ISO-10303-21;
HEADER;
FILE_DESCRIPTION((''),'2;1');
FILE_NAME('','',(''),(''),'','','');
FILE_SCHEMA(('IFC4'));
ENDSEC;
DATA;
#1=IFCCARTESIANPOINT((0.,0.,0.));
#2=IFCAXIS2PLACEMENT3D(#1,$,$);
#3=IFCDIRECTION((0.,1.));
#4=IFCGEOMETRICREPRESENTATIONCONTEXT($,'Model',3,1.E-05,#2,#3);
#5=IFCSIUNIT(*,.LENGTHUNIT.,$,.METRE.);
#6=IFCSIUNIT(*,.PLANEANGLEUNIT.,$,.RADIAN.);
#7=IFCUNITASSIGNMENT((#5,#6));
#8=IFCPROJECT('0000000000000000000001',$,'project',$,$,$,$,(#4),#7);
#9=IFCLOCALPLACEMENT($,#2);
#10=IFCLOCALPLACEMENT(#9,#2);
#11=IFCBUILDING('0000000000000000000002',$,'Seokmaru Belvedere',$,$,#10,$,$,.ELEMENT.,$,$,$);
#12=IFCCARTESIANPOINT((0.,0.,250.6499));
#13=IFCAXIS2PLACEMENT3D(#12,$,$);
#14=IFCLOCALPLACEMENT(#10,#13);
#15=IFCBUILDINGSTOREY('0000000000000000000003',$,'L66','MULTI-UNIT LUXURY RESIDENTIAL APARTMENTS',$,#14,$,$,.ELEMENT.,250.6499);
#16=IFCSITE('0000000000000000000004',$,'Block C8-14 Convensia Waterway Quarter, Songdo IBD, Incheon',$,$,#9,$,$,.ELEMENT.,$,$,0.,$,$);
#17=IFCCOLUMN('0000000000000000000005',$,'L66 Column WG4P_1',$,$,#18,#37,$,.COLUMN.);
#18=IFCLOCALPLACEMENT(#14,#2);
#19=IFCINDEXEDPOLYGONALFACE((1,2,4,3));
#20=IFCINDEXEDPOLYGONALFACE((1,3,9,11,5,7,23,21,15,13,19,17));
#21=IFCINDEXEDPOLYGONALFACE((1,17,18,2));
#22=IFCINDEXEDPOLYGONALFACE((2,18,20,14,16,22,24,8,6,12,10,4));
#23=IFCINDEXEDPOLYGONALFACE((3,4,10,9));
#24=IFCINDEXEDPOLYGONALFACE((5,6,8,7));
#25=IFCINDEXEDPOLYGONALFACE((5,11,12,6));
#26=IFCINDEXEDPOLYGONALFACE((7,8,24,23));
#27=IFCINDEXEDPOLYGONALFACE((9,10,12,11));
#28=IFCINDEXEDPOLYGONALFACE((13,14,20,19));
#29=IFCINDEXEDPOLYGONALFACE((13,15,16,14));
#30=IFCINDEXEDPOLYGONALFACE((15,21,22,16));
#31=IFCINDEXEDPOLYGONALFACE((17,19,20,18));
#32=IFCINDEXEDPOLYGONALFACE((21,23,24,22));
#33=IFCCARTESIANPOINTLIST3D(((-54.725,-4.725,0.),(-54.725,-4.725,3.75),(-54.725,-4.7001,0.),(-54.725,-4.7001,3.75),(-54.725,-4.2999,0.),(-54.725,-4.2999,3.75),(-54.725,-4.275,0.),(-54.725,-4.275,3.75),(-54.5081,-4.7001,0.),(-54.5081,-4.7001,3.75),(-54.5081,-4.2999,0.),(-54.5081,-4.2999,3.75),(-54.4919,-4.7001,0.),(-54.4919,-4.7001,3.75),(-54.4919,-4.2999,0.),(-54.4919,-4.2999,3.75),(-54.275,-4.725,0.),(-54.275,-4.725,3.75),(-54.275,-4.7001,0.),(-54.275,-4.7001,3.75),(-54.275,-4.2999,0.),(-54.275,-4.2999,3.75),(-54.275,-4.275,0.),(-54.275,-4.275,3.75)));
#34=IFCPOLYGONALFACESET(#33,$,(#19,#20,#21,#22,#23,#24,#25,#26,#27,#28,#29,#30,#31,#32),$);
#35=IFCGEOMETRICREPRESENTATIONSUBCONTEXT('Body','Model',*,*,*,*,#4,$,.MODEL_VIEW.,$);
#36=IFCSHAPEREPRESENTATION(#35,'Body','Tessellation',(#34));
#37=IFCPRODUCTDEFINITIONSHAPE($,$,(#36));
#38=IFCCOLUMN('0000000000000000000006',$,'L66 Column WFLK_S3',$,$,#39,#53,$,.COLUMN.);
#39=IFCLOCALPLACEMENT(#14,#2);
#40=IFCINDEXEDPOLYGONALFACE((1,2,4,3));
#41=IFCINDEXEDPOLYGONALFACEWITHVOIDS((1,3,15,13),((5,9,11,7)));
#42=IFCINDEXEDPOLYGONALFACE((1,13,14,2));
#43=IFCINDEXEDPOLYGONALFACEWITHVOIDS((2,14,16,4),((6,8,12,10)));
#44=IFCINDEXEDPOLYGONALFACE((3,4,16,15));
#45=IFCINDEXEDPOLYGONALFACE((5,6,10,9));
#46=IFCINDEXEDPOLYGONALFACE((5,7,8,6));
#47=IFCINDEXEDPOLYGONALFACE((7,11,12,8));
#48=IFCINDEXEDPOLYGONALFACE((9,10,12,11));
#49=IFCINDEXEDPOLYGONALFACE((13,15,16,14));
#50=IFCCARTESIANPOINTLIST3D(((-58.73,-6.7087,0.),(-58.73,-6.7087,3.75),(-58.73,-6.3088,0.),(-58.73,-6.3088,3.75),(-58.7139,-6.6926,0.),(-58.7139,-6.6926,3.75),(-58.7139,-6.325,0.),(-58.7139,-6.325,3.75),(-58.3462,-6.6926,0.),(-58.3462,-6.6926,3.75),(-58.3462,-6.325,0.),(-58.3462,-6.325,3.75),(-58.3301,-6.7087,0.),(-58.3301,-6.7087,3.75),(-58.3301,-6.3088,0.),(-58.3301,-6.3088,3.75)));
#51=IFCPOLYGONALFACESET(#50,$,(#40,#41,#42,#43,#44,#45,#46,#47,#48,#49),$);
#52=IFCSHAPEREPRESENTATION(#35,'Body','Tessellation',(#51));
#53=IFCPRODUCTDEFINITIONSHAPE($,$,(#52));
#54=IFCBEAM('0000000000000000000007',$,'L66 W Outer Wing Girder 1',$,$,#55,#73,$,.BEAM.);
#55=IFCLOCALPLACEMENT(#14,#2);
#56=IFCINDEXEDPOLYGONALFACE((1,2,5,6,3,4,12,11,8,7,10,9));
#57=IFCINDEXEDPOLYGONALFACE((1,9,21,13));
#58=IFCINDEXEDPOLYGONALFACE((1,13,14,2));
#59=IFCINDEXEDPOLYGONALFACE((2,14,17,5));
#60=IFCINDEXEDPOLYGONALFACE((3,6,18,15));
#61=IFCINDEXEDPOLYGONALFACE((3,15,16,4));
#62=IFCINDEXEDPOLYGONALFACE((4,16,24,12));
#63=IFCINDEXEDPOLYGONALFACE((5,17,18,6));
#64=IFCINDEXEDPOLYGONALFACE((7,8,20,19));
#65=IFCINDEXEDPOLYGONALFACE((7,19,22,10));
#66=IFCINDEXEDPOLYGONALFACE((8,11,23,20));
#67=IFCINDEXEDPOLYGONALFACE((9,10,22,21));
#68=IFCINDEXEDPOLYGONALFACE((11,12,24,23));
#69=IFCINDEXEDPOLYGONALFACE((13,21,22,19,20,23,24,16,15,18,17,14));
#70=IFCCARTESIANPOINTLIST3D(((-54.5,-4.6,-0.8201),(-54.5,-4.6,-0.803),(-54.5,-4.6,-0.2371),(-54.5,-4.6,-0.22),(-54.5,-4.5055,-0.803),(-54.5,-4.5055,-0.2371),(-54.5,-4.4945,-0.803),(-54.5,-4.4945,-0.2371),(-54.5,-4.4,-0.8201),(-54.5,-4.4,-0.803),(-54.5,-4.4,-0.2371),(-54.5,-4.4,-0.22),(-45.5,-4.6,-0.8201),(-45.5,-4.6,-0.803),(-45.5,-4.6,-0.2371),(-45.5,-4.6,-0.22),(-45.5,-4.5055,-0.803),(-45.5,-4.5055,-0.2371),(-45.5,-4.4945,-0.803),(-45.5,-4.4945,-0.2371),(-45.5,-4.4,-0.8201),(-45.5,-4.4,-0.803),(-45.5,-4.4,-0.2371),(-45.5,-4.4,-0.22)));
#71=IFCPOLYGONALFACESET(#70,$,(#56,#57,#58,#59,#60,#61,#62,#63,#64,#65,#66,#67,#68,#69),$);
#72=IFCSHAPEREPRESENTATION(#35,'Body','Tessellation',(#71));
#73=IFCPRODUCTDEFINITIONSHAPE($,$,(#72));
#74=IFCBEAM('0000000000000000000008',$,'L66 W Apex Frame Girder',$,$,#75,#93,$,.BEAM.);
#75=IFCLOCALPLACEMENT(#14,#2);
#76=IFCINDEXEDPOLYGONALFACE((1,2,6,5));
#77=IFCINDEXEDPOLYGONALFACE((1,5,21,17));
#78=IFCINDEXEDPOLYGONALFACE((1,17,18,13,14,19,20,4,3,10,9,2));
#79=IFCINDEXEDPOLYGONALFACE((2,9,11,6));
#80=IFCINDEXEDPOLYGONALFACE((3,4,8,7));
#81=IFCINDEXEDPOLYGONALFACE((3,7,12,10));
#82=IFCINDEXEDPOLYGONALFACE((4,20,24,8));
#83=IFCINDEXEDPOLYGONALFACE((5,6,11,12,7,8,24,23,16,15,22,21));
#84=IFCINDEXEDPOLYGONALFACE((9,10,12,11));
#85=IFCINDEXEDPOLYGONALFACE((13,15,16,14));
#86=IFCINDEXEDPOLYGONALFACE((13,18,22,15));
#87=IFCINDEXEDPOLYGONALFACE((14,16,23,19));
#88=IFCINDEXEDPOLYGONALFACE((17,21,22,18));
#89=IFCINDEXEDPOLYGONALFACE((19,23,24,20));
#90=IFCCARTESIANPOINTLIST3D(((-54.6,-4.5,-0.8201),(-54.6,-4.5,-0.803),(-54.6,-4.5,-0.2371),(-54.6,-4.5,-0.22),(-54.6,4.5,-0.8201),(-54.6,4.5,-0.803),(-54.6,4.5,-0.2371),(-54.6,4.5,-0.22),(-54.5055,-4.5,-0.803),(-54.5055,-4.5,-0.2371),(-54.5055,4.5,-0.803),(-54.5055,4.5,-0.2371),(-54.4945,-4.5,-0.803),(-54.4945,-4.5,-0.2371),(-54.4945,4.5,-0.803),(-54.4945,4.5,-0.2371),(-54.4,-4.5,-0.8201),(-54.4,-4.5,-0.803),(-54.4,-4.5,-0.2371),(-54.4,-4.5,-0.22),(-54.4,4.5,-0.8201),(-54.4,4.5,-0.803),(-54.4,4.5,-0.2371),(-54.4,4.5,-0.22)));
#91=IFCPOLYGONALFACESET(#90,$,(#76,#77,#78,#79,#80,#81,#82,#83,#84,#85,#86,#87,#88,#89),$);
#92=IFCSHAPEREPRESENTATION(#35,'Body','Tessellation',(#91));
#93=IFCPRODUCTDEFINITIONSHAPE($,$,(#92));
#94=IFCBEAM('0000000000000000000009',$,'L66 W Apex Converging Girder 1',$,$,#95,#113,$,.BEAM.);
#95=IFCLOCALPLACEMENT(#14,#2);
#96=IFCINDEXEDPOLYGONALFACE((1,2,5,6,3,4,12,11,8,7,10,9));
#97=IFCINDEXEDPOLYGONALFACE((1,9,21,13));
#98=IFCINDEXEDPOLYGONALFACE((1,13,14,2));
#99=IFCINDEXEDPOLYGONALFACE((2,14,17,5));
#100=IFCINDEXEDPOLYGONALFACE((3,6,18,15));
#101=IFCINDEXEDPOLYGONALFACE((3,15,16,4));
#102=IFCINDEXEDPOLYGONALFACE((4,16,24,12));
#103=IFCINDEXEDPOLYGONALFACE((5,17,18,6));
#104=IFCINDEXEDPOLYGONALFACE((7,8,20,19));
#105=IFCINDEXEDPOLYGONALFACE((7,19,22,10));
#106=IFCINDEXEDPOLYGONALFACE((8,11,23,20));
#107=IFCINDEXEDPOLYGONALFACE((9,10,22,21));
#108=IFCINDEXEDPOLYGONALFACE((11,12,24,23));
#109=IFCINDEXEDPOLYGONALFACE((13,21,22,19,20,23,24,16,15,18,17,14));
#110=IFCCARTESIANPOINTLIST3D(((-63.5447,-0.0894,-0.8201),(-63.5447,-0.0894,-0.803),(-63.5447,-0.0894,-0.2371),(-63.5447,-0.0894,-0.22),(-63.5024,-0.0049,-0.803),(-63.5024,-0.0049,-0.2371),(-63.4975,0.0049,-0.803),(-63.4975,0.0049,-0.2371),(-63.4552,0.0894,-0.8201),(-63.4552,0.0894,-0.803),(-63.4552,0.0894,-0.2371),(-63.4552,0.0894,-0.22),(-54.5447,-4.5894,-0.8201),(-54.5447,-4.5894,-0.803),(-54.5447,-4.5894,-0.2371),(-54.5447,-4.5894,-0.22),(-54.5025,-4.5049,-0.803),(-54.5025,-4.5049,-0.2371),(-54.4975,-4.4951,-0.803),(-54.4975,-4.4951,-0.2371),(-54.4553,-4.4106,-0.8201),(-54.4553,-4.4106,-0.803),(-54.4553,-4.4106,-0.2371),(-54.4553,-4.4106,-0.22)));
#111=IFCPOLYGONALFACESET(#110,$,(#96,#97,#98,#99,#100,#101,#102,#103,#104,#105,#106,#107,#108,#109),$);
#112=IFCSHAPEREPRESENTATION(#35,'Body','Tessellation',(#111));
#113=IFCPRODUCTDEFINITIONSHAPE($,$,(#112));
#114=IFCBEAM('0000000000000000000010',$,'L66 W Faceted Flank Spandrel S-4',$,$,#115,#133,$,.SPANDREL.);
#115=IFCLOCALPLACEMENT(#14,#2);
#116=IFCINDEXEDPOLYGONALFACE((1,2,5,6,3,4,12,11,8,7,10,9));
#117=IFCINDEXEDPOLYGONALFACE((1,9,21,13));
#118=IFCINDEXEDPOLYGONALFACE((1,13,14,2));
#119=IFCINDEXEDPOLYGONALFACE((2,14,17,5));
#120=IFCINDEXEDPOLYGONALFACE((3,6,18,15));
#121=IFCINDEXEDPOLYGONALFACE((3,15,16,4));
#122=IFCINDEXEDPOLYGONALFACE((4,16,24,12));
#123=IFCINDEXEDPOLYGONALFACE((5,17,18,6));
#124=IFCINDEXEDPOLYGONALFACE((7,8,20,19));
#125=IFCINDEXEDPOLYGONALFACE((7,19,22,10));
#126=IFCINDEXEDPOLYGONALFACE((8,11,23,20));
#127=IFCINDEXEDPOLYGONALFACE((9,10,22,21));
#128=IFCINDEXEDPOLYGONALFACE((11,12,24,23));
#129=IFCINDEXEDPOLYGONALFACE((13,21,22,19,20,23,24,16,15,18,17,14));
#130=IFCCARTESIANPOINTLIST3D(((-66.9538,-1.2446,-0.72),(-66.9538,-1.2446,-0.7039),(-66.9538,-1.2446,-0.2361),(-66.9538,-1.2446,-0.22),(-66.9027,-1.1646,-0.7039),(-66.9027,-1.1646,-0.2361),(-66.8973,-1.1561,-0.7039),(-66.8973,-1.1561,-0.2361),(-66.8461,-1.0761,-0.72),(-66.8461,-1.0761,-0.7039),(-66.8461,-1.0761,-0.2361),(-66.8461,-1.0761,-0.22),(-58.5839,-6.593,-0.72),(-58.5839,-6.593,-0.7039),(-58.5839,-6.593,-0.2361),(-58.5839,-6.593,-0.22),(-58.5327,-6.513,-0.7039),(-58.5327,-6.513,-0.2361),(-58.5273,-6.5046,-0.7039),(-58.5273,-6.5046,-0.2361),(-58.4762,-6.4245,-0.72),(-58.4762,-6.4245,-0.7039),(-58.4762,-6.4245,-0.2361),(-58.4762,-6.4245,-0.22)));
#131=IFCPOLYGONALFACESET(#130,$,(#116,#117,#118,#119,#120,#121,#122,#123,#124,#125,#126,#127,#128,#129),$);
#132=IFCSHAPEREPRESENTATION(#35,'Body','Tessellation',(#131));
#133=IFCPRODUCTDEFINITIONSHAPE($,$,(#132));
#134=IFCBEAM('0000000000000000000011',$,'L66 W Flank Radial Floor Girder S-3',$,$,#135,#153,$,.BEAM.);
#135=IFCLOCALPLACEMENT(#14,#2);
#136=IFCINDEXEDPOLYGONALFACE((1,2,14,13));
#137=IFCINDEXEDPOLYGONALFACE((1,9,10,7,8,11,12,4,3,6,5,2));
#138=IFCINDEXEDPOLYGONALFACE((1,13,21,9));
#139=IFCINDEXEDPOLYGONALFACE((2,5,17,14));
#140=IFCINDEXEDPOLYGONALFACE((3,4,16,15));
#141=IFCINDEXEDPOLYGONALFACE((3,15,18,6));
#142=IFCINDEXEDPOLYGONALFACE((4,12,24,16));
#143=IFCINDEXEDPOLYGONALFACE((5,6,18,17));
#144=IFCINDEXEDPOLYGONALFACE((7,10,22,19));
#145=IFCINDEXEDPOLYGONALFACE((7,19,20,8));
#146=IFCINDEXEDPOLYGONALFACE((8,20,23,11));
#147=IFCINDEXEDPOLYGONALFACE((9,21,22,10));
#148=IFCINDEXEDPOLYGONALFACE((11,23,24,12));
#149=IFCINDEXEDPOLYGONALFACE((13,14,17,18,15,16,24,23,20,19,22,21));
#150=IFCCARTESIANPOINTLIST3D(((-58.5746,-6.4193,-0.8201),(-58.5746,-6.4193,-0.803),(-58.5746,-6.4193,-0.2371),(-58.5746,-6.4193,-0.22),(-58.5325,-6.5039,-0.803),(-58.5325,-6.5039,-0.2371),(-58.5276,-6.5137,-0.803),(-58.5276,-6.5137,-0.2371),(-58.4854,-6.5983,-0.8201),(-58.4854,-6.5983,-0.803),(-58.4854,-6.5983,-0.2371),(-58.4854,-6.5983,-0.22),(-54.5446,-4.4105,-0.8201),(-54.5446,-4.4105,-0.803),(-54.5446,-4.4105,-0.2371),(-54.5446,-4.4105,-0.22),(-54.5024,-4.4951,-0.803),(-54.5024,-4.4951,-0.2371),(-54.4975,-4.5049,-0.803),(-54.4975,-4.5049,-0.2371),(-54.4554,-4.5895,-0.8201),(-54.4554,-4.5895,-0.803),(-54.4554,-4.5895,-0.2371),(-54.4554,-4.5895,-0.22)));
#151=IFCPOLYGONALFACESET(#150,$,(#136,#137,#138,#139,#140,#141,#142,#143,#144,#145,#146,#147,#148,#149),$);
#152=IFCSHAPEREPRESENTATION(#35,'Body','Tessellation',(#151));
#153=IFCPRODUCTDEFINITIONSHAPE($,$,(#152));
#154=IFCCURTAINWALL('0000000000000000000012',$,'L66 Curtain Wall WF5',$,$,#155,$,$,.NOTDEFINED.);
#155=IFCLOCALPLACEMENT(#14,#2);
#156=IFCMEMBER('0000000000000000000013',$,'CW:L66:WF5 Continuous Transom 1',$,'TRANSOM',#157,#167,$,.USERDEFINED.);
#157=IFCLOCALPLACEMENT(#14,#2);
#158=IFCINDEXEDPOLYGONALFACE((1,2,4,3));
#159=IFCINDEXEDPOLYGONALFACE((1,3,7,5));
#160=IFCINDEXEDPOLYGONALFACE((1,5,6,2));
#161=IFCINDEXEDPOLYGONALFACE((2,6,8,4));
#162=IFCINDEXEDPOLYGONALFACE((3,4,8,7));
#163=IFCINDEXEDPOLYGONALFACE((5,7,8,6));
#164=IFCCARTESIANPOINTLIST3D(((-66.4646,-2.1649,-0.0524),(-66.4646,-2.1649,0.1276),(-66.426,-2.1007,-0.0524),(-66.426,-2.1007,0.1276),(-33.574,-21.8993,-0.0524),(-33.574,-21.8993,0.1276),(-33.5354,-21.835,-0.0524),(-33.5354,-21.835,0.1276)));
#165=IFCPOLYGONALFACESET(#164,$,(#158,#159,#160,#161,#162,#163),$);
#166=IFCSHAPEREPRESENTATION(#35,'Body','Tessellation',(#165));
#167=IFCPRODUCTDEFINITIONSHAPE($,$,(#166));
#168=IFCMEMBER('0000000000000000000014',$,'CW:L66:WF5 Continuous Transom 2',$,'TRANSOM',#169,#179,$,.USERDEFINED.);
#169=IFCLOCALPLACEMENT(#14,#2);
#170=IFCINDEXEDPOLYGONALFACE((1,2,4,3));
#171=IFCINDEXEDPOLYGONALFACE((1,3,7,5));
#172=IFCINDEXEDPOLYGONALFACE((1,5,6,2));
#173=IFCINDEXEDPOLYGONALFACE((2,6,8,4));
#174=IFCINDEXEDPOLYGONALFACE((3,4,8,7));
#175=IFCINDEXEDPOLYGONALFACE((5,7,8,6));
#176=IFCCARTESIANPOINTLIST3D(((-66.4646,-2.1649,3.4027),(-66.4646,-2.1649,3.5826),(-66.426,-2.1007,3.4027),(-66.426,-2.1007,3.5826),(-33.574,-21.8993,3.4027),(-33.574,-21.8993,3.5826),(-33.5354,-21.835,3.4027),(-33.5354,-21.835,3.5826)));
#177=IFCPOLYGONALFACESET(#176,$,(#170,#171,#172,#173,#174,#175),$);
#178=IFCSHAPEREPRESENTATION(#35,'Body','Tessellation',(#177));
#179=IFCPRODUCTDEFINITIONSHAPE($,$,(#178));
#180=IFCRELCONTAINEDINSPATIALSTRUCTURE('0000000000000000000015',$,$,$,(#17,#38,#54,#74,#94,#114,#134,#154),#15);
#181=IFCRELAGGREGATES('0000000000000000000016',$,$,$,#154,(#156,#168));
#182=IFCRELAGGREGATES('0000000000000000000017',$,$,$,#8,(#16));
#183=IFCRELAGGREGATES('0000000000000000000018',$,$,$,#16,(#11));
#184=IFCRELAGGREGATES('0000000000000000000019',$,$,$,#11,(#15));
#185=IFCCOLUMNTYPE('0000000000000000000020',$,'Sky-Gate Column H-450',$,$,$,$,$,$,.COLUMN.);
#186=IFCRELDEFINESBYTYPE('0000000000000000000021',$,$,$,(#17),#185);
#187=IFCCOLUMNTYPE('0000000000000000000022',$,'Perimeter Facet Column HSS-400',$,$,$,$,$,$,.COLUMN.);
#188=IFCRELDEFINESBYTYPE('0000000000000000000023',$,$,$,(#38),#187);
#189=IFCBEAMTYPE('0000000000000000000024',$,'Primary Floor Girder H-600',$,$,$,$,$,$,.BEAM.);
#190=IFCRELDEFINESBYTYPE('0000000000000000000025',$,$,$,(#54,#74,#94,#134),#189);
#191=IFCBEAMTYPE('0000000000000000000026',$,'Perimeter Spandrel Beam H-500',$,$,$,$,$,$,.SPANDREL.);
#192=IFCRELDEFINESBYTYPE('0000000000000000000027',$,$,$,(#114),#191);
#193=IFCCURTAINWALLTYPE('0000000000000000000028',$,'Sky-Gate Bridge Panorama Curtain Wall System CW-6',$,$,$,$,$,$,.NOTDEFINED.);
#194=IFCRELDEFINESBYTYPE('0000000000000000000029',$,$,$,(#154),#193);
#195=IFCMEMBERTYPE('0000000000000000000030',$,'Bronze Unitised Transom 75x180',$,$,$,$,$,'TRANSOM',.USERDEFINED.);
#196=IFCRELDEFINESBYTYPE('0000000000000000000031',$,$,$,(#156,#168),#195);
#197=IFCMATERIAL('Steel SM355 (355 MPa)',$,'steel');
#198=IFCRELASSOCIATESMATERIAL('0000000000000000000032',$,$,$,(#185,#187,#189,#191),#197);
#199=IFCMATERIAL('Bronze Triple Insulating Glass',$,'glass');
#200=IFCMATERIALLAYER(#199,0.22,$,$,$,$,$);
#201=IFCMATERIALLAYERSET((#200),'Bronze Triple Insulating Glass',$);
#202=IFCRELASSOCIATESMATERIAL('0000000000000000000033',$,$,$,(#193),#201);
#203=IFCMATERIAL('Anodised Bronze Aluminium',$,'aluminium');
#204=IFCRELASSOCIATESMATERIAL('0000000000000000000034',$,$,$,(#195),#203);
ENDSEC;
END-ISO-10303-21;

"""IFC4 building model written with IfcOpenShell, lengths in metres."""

from ifc_helpers import new_model, si_unit, direction, frame, origin, origin_2d, place, context, subcontext, project, spatial, rectangle, hollow_rectangle, i_section, extrude, source, transform, mapped, material, layer, layer_set, material_profile, profile_set, type_object, type_shapes, element, aggregate, save


model = new_model("IFC4")

# Units and contexts
model_context = context("Model", 3, precision=1e-05, world=origin(), true_north=direction((0.0, 1.0)))
body_context = subcontext(model_context, "Body", "Model", "MODEL_VIEW")
ifc_project = project(units=[si_unit("LENGTHUNIT", "METRE"), si_unit("PLANEANGLEUNIT", "RADIAN")], contexts=[model_context])

# Site, building, storey
site_placement = place(None, origin())
site = spatial("IfcSite", under=ifc_project, at=site_placement, Name="Block C8-14 Convensia Waterway Quarter, Songdo IBD, Incheon", CompositionType="ELEMENT", RefElevation=0.0)
building_placement = place(site_placement, origin())
building = spatial("IfcBuilding", under=site, at=building_placement, Name="Seokmaru Belvedere", CompositionType="ELEMENT")
storey_placement = place(building_placement, frame((0.0, 0.0, 250.6499)))
storey = spatial("IfcBuildingStorey", under=building, at=storey_placement, Name="L66", Description="MULTI-UNIT LUXURY RESIDENTIAL APARTMENTS", CompositionType="ELEMENT", Elevation=250.6499)

# Columns
ifc_material_1 = material(Name="Steel SM355 (355 MPa)", Category="steel")
ifc_material_profile_1 = material_profile(ifc_material_1, i_section(OverallWidth=0.45, OverallDepth=0.45, WebThickness=0.0161, FlangeThickness=0.0249, at=origin_2d()), Name="H-450x450x16x25")
ifc_profile_set_1 = profile_set([ifc_material_profile_1], Name="Steel SM355 (355 MPa)")
column_type_1 = type_object("IfcColumnType", Name="Sky-Gate Column H-450", PredefinedType="COLUMN", material=ifc_profile_set_1)
shared_shape_1 = source(origin(), body_context, "Body", "SweptSolid", [
    extrude(i_section(OverallWidth=0.45, OverallDepth=0.45, WebThickness=0.0161, FlangeThickness=0.0249, at=origin_2d()), origin(), (0.0, 0.0, 1.0), 3.75),
])
type_shapes(column_type_1, [shared_shape_1])
column_1_placement = place(storey_placement, frame((-54.5, -4.5, 0.0), z_axis=(0.0, 0.0, 1.0), x_axis=(1.0, 0.0, 0.0)))
element("IfcColumn", 1, at=column_1_placement, inside=storey, type_object=column_type_1, Name="L66 Column WG4P_1", PredefinedType="COLUMN", context=body_context, shape_type="MappedRepresentation", body=[
    mapped(shared_shape_1, transform((0.0, 0.0, 0.0), scale=1.0)),
])
ifc_material_profile_2 = material_profile(ifc_material_1, hollow_rectangle(XDim=0.3999, YDim=0.3999, WallThickness=0.0161, at=origin_2d()), Name="HSS-400x400x16")
ifc_profile_set_2 = profile_set([ifc_material_profile_2], Name="Steel SM355 (355 MPa)")
column_type_2 = type_object("IfcColumnType", Name="Perimeter Facet Column HSS-400", PredefinedType="COLUMN", material=ifc_profile_set_2)
shared_shape_2 = source(origin(), body_context, "Body", "SweptSolid", [
    extrude(hollow_rectangle(XDim=0.3999, YDim=0.3999, WallThickness=0.0161, at=origin_2d()), origin(), (0.0, 0.0, 1.0), 3.75),
])
type_shapes(column_type_2, [shared_shape_2])
column_2_placement = place(storey_placement, frame((-58.53, -6.5088, 0.0), z_axis=(0.0, 0.0, 1.0), x_axis=(1.0, 0.0, 0.0)))
element("IfcColumn", 2, at=column_2_placement, inside=storey, type_object=column_type_2, Name="L66 Column WFLK_S3", PredefinedType="COLUMN", context=body_context, shape_type="MappedRepresentation", body=[
    mapped(shared_shape_2, transform((0.0, 0.0, 0.0), scale=1.0)),
])

# Beams
ifc_material_profile_3 = material_profile(ifc_material_1, i_section(OverallWidth=0.2, OverallDepth=0.6001, WebThickness=0.011, FlangeThickness=0.0171, at=origin_2d()), Name="H-600x200x11x17")
ifc_profile_set_3 = profile_set([ifc_material_profile_3], Name="Steel SM355 (355 MPa)")
beam_type_1 = type_object("IfcBeamType", Name="Primary Floor Girder H-600", PredefinedType="BEAM", material=ifc_profile_set_3)
shared_shape_3 = source(origin(), body_context, "Body", "SweptSolid", [
    extrude(i_section(OverallWidth=0.2, OverallDepth=0.6001, WebThickness=0.011, FlangeThickness=0.0171, at=origin_2d()), origin(), (0.0, 0.0, 1.0), 9.0),
])
for number, where, z_axis, x_axis, name in (
    (3, (-54.5, -4.5, -0.52), (1.0, 0.0, 0.0), (0.0, 1.0, 0.0), "L66 W Outer Wing Girder 1"),
    (4, (-54.5, -4.5, -0.52), (0.0, 1.0, 0.0), (-1.0, 0.0, 0.0), "L66 W Apex Frame Girder"),
):
    element("IfcBeam", number, at=place(storey_placement, frame(where, z_axis=z_axis, x_axis=x_axis)), inside=storey, type_object=beam_type_1, Name=name, PredefinedType="BEAM", context=body_context, shape_type="MappedRepresentation", body=[
        mapped(shared_shape_3, transform((0.0, 0.0, 0.0), scale=1.0)),
    ])
shared_shape_4 = source(origin(), body_context, "Body", "SweptSolid", [
    extrude(i_section(OverallWidth=0.2, OverallDepth=0.6001, WebThickness=0.011, FlangeThickness=0.0171, at=origin_2d()), origin(), (0.0, 0.0, 1.0), 10.0623),
])
beam_1_placement = place(storey_placement, frame((-54.5, -4.5, -0.52), z_axis=(-0.894427, 0.447214, 0.0), x_axis=(-0.447214, -0.894427, 0.0)))
element("IfcBeam", 5, at=beam_1_placement, inside=storey, type_object=beam_type_1, Name="L66 W Apex Converging Girder 1", PredefinedType="BEAM", context=body_context, shape_type="MappedRepresentation", body=[
    mapped(shared_shape_4, transform((0.0, 0.0, 0.0), scale=1.0)),
])
ifc_material_profile_4 = material_profile(ifc_material_1, i_section(OverallWidth=0.2, OverallDepth=0.5, WebThickness=0.01, FlangeThickness=0.0161, at=origin_2d()), Name="H-500x200x10x16")
ifc_profile_set_4 = profile_set([ifc_material_profile_4], Name="Steel SM355 (355 MPa)")
beam_type_2 = type_object("IfcBeamType", Name="Perimeter Spandrel Beam H-500", PredefinedType="SPANDREL", material=ifc_profile_set_4)
shared_shape_5 = source(origin(), body_context, "Body", "SweptSolid", [
    extrude(i_section(OverallWidth=0.2, OverallDepth=0.5, WebThickness=0.01, FlangeThickness=0.0161, at=origin_2d()), origin(), (0.0, 0.0, 1.0), 9.9329),
])
type_shapes(beam_type_2, [shared_shape_5])
beam_2_placement = place(storey_placement, frame((-58.53, -6.5088, -0.47), z_axis=(-0.842652, 0.538459, 0.0), x_axis=(-0.538459, -0.842652, 0.0)))
element("IfcBeam", 6, at=beam_2_placement, inside=storey, type_object=beam_type_2, Name="L66 W Faceted Flank Spandrel S-4", PredefinedType="SPANDREL", context=body_context, shape_type="MappedRepresentation", body=[
    mapped(shared_shape_5, transform((0.0, 0.0, 0.0), scale=1.0)),
])
shared_shape_6 = source(origin(), body_context, "Body", "SweptSolid", [
    extrude(i_section(OverallWidth=0.2, OverallDepth=0.6001, WebThickness=0.011, FlangeThickness=0.0171, at=origin_2d()), origin(), (0.0, 0.0, 1.0), 4.5029),
])
type_shapes(beam_type_1, [shared_shape_3, shared_shape_4, shared_shape_6])
beam_3_placement = place(storey_placement, frame((-58.53, -6.5088, -0.52), z_axis=(0.89498, 0.446107, 0.0), x_axis=(-0.446107, 0.89498, 0.0)))
element("IfcBeam", 7, at=beam_3_placement, inside=storey, type_object=beam_type_1, Name="L66 W Flank Radial Floor Girder S-3", PredefinedType="BEAM", context=body_context, shape_type="MappedRepresentation", body=[
    mapped(shared_shape_6, transform((0.0, 0.0, 0.0), scale=1.0)),
])

# Curtain wall, members
ifc_material_2 = material(Name="Bronze Triple Insulating Glass", Category="glass")
ifc_layer_1 = layer(ifc_material_2, 0.22)
ifc_layer_set_1 = layer_set([ifc_layer_1], Name="Bronze Triple Insulating Glass")
curtain_wall_type = type_object("IfcCurtainWallType", Name="Sky-Gate Bridge Panorama Curtain Wall System CW-6", PredefinedType="NOTDEFINED", material=ifc_layer_set_1)
curtain_wall_placement = place(storey_placement, origin())
curtain_wall = element("IfcCurtainWall", 8, at=curtain_wall_placement, inside=storey, type_object=curtain_wall_type, Name="L66 Curtain Wall WF5", PredefinedType="NOTDEFINED")
ifc_material_3 = material(Name="Anodised Bronze Aluminium", Category="aluminium")
ifc_material_profile_5 = material_profile(ifc_material_3, rectangle(XDim=0.075, YDim=0.1799, at=origin_2d()), Name="CW-T-75x180")
ifc_profile_set_5 = profile_set([ifc_material_profile_5], Name="Anodised Bronze Aluminium")
member_type_1 = type_object("IfcMemberType", Name="Bronze Unitised Transom 75x180", ElementType="TRANSOM", PredefinedType="USERDEFINED", material=ifc_profile_set_5)
shared_shape_7 = source(origin(), body_context, "Body", "SweptSolid", [
    extrude(rectangle(XDim=0.075, YDim=0.1799, at=origin_2d()), origin(), (0.0, 0.0, 1.0), 38.3567),
])
type_shapes(member_type_1, [shared_shape_7])
member_1_placement = place(storey_placement, frame((-66.4453, -2.1328, 0.0376), z_axis=(0.857493, -0.514496, 0.0), x_axis=(0.514496, 0.857493, 0.0)))
member_1 = element("IfcMember", 9, at=member_1_placement, type_object=member_type_1, Name="CW:L66:WF5 Continuous Transom 1", ObjectType="TRANSOM", PredefinedType="USERDEFINED", context=body_context, shape_type="MappedRepresentation", body=[
    mapped(shared_shape_7, transform((0.0, 0.0, 0.0), scale=1.0)),
])
member_2_placement = place(storey_placement, frame((-66.4453, -2.1328, 3.4927), z_axis=(0.857493, -0.514496, 0.0), x_axis=(0.514496, 0.857493, 0.0)))
member_2 = element("IfcMember", 10, at=member_2_placement, type_object=member_type_1, Name="CW:L66:WF5 Continuous Transom 2", ObjectType="TRANSOM", PredefinedType="USERDEFINED", context=body_context, shape_type="MappedRepresentation", body=[
    mapped(shared_shape_7, transform((0.0, 0.0, 0.0), scale=1.0)),
])
aggregate(curtain_wall, [member_1, member_2])

save(model, "model.ifc")
